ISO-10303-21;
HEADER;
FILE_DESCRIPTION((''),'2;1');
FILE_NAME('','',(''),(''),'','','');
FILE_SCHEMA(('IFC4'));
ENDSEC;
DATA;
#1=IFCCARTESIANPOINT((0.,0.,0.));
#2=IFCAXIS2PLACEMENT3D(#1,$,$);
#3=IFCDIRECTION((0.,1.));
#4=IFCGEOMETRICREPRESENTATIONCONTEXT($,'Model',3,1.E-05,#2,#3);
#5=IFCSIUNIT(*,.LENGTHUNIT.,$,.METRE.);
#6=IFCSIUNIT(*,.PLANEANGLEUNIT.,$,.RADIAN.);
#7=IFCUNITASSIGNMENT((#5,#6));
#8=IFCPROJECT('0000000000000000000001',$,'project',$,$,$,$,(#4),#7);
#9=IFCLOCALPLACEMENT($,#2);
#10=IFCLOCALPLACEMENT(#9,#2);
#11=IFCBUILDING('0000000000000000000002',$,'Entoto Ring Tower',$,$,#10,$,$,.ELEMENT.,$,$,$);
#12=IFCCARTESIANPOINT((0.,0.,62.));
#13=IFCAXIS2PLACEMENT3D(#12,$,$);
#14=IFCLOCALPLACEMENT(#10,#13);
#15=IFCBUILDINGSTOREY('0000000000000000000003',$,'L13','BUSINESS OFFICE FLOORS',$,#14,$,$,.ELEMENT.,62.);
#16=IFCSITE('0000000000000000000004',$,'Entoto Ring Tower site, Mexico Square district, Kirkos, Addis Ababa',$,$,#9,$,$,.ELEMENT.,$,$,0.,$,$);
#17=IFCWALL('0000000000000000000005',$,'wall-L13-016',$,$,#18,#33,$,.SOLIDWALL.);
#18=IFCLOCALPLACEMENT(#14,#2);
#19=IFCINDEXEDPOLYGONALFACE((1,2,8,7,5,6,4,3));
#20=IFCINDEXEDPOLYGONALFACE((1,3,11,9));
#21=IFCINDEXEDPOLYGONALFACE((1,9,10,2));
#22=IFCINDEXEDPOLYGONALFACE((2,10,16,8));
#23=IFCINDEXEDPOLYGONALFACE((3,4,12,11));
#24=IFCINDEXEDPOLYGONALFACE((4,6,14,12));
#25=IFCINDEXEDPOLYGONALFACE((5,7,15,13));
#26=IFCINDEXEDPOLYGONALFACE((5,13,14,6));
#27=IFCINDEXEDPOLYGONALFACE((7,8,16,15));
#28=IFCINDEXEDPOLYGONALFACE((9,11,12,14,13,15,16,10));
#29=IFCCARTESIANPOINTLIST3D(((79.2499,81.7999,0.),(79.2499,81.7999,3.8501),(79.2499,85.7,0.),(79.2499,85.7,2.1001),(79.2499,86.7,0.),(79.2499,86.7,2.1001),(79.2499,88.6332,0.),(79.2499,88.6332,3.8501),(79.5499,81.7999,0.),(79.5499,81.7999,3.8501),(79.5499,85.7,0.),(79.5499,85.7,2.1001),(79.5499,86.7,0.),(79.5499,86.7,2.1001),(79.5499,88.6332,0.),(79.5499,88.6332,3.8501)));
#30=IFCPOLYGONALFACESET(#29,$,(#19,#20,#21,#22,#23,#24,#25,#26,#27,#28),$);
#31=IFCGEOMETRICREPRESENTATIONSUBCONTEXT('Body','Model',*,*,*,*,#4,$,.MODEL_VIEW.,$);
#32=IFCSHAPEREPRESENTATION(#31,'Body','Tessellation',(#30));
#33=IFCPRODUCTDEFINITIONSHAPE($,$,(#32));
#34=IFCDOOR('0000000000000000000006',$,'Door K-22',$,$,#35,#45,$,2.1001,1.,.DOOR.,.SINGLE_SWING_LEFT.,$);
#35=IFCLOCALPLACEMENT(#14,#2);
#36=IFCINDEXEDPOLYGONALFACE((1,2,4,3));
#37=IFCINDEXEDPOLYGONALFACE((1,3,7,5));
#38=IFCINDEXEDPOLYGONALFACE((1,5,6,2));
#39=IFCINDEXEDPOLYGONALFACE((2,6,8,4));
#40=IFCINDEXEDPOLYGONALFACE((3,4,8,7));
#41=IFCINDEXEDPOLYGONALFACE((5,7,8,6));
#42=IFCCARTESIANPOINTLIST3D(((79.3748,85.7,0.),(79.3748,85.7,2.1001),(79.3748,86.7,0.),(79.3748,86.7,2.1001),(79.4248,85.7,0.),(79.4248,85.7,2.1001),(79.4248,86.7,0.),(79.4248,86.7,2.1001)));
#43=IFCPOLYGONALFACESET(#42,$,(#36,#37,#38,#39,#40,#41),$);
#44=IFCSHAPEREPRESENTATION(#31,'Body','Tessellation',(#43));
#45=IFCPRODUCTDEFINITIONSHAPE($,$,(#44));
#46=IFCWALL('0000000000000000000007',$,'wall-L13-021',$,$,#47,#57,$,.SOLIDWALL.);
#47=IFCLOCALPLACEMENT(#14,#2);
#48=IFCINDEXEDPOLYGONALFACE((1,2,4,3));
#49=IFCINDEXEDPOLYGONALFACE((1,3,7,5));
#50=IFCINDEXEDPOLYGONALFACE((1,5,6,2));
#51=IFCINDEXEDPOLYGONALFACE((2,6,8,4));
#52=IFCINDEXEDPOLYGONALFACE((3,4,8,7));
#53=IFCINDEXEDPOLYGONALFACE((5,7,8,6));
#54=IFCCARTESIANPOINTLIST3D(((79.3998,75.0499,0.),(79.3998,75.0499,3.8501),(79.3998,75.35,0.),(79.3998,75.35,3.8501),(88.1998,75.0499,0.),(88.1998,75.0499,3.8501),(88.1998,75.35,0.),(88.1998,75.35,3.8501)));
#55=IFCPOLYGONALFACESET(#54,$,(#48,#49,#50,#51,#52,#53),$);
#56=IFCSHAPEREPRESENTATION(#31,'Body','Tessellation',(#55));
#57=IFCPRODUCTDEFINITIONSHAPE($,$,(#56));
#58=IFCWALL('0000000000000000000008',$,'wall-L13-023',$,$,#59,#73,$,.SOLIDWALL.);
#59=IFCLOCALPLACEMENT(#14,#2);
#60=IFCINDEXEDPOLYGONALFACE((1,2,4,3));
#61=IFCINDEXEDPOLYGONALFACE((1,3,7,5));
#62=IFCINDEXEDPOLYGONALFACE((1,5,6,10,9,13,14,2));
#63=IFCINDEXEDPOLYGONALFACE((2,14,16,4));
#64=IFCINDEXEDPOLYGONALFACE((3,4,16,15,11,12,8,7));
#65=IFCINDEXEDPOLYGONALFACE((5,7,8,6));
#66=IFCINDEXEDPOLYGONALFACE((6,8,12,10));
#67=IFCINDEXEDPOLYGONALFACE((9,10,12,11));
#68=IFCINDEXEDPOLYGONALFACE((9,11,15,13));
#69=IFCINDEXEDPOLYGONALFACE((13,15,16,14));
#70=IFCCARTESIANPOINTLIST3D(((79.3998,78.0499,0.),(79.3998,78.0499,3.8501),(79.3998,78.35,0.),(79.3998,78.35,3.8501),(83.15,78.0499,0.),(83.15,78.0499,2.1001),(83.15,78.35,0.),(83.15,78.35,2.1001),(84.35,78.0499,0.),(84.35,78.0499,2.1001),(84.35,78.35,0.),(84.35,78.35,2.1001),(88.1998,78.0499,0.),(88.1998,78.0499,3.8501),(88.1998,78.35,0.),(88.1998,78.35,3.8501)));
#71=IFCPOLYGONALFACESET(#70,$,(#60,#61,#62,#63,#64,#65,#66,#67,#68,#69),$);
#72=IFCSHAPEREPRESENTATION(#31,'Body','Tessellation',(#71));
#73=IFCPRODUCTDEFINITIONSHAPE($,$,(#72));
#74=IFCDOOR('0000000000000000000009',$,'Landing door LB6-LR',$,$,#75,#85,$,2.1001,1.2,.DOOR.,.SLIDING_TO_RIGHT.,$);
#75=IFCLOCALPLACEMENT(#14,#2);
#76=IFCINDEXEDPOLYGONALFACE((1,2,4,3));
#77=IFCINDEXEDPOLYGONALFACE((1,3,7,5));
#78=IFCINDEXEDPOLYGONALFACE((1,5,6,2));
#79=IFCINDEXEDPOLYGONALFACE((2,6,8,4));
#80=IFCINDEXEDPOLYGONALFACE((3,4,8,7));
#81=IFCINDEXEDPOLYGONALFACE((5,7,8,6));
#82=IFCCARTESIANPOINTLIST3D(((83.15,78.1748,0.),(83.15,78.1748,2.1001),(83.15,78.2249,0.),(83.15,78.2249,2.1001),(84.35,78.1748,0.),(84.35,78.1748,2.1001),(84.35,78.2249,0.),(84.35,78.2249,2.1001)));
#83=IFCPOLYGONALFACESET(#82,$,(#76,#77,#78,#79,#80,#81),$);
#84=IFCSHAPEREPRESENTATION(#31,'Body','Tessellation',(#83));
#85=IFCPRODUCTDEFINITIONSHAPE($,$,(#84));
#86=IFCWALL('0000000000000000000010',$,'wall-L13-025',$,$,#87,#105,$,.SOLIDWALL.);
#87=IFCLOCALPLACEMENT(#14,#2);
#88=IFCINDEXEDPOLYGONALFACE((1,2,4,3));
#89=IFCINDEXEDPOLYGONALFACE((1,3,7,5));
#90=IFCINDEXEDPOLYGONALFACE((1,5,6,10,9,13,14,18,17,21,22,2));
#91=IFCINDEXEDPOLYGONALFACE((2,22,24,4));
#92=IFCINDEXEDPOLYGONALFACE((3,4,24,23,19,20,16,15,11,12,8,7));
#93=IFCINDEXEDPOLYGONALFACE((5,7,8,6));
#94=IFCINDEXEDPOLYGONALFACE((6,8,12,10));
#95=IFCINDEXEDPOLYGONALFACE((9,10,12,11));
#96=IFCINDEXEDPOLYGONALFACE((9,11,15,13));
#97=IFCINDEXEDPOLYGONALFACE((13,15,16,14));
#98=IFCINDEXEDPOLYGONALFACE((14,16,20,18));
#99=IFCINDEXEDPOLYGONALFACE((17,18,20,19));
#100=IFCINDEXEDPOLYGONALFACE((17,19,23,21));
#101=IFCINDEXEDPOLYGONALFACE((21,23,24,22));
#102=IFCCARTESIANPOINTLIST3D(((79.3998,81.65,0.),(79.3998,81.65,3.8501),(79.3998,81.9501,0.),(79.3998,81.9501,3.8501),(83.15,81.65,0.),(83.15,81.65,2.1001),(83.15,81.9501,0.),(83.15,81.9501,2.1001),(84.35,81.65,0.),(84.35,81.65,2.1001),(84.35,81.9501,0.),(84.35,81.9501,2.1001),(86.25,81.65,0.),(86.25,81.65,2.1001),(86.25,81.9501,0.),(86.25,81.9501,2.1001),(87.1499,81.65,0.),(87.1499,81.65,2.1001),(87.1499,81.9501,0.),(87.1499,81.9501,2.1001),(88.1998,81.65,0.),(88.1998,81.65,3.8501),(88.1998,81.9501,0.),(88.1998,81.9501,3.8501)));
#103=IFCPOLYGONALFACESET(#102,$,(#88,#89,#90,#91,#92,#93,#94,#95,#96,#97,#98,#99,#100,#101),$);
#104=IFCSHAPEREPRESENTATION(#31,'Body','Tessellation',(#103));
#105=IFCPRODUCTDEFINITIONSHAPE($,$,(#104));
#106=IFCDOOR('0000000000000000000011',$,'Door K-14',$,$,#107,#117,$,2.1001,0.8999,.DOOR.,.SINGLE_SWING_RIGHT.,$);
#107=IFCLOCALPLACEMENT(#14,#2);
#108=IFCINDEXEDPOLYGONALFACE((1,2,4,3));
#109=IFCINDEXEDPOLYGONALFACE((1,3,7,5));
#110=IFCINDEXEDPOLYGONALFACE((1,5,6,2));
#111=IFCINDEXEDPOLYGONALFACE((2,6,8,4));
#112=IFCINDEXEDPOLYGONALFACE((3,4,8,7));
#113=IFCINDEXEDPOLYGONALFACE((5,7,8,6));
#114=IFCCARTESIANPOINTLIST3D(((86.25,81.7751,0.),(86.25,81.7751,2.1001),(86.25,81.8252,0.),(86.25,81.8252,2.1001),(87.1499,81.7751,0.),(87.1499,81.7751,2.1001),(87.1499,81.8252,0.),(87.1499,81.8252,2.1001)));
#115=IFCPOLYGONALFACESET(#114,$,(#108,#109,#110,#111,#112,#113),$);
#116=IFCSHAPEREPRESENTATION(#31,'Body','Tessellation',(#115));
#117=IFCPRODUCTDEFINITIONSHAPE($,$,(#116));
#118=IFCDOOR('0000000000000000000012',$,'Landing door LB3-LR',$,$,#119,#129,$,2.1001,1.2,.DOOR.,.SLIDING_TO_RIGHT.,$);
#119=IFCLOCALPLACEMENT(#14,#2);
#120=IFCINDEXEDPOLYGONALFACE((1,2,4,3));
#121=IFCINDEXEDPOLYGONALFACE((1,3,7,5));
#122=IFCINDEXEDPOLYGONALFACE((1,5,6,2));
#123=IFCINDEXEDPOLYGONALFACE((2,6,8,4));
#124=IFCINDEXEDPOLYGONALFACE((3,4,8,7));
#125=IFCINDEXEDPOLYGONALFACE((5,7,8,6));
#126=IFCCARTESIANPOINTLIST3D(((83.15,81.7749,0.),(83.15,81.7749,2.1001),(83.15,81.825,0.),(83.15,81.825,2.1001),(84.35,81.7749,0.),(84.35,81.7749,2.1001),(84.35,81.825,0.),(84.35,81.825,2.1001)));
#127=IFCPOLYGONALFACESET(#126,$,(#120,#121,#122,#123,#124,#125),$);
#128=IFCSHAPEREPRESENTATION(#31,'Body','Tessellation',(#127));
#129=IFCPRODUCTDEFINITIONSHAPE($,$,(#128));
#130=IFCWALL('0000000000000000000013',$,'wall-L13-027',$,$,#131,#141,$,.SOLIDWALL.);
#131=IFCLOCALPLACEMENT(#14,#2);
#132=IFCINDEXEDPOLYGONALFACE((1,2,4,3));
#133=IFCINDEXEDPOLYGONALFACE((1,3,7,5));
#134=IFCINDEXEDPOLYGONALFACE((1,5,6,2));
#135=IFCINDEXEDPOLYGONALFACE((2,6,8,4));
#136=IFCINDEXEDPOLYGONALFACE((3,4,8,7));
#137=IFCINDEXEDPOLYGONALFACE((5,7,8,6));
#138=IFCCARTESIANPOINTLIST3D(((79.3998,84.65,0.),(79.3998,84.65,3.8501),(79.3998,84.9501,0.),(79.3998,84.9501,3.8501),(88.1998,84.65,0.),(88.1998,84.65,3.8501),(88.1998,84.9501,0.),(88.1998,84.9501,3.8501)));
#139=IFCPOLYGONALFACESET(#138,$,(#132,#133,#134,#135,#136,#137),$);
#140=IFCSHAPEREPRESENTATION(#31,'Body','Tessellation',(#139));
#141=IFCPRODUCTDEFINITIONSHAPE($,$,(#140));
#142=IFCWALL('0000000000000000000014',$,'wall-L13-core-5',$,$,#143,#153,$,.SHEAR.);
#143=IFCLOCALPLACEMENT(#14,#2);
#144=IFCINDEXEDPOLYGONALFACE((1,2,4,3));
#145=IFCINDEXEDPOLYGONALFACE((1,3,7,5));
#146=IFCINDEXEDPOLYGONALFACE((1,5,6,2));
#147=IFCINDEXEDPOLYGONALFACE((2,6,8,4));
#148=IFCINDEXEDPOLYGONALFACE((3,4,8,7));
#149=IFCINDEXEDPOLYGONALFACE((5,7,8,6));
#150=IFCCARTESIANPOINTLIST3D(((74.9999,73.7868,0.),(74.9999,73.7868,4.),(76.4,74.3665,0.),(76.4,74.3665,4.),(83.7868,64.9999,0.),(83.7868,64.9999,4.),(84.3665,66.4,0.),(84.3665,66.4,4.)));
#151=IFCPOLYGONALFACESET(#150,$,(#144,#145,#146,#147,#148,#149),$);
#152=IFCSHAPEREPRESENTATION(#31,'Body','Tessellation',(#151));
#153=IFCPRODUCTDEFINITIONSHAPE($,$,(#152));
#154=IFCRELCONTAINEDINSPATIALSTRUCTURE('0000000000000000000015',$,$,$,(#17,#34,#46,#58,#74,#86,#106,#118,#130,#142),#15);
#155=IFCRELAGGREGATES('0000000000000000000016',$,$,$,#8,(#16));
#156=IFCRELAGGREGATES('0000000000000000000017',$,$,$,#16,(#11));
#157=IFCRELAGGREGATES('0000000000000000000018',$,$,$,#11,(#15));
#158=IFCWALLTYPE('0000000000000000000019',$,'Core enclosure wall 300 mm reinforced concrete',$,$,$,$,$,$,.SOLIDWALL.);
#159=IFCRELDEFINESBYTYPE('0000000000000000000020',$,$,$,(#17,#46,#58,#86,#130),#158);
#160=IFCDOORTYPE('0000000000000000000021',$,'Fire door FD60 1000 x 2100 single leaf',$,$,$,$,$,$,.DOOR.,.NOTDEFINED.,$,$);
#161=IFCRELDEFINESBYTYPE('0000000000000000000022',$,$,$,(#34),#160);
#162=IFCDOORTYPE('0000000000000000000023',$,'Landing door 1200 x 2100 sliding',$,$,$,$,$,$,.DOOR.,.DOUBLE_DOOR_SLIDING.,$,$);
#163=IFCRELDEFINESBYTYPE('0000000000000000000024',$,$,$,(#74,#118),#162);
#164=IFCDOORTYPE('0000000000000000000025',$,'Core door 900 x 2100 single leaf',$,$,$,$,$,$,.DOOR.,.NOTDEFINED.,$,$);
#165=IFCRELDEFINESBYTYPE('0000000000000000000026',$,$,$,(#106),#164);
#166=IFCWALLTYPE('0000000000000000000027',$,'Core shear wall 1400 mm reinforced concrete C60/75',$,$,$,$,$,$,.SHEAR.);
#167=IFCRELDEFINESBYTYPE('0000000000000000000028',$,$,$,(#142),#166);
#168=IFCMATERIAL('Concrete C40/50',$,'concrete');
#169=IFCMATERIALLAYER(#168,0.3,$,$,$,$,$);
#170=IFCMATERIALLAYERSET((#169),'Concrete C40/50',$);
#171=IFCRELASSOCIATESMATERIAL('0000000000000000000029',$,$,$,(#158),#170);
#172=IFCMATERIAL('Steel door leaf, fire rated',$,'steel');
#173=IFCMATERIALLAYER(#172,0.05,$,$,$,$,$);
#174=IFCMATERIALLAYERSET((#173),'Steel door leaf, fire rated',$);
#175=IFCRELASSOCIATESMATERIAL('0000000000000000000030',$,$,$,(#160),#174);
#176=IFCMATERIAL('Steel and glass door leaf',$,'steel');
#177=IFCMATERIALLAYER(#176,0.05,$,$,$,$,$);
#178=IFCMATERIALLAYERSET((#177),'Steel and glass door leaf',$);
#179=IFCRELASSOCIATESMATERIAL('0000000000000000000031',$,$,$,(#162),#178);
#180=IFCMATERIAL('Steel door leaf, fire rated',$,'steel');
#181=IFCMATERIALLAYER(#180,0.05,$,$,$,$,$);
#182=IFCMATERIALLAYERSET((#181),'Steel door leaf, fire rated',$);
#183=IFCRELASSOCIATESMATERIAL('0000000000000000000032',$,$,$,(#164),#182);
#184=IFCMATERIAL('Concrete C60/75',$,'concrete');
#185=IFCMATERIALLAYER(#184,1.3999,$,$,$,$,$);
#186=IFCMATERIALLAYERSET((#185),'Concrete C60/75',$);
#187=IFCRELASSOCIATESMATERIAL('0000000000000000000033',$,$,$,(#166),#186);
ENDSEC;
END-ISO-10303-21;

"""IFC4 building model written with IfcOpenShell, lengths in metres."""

from ifc_helpers import new_model, si_unit, direction, frame, frame_2d, origin, place, context, subcontext, project, spatial, polyline, rectangle, outline, extrude, material, layer, layer_set, type_object, element, fill, save


model = new_model("IFC4")

# Units and contexts
model_context = context("Model", 3, precision=1e-05, world=origin(), true_north=direction((0.0, 1.0)))
body_context = subcontext(model_context, "Body", "Model", "MODEL_VIEW")
ifc_project = project(units=[si_unit("LENGTHUNIT", "METRE"), si_unit("PLANEANGLEUNIT", "RADIAN")], contexts=[model_context])

# Site, building, storey
site_placement = place(None, origin())
site = spatial("IfcSite", under=ifc_project, at=site_placement, Name="Entoto Ring Tower site, Mexico Square district, Kirkos, Addis Ababa", CompositionType="ELEMENT", RefElevation=0.0)
building_placement = place(site_placement, origin())
building = spatial("IfcBuilding", under=site, at=building_placement, Name="Entoto Ring Tower", CompositionType="ELEMENT")
storey_placement = place(building_placement, frame((0.0, 0.0, 62.0)))
storey = spatial("IfcBuildingStorey", under=building, at=storey_placement, Name="L13", Description="BUSINESS OFFICE FLOORS", CompositionType="ELEMENT", Elevation=62.0)

# Shared definitions
ifc_material_1 = material(Name="Concrete C40/50", Category="concrete")
ifc_layer_1 = layer(ifc_material_1, 0.3)
ifc_layer_set_1 = layer_set([ifc_layer_1], Name="Concrete C40/50")
wall_type_1 = type_object("IfcWallType", Name="Core enclosure wall 300 mm reinforced concrete", PredefinedType="SOLIDWALL", material=ifc_layer_set_1)

# Wall, opening, door
wall_1_placement = place(storey_placement, frame((79.3999, 81.8, 0.0), z_axis=(0.0, 0.0, 1.0), x_axis=(0.0, 1.0, 0.0)))
wall_1 = element("IfcWall", 1, at=wall_1_placement, inside=storey, type_object=wall_type_1, Name="wall-L13-016", PredefinedType="SOLIDWALL", context=body_context, shape_type="SweptSolid", body=[
    extrude(rectangle(XDim=6.8333, YDim=0.3, at=frame_2d((3.4165, 0.0))), origin(), (0.0, 0.0, 1.0), 3.8501),
])
opening_1_placement = place(wall_1_placement, frame((3.8999, 0.0, 0.0)))
opening_1 = element("IfcOpeningElement", 2, at=opening_1_placement, cuts=wall_1, PredefinedType="OPENING", context=body_context, shape_type="SweptSolid", body=[
    extrude(rectangle(XDim=1.0, YDim=2.1001, at=frame_2d((0.5, 1.05))), frame((0.0, 0.1602, 0.0), z_axis=(0.0, -1.0, 0.0), x_axis=(1.0, 0.0, 0.0)), (0.0, 0.0, 1.0), 0.3201),
])
ifc_material_2 = material(Name="Steel door leaf, fire rated", Category="steel")
ifc_layer_2 = layer(ifc_material_2, 0.05)
ifc_layer_set_2 = layer_set([ifc_layer_2], Name="Steel door leaf, fire rated")
door_type_1 = type_object("IfcDoorType", Name="Fire door FD60 1000 x 2100 single leaf", OperationType="NOTDEFINED", PredefinedType="DOOR", material=ifc_layer_set_2)
door_1_placement = place(opening_1_placement, frame((1.0, 0.0, 0.0), z_axis=(0.0, 0.0, 1.0), x_axis=(-1.0, 0.0, 0.0)))
door_1 = element("IfcDoor", 3, at=door_1_placement, inside=storey, type_object=door_type_1, Name="Door K-22", OperationType="SINGLE_SWING_LEFT", OverallHeight=2.1001, OverallWidth=1.0, PredefinedType="DOOR", context=body_context, shape_type="SweptSolid", body=[
    extrude(rectangle(XDim=1.0, YDim=2.1001, at=frame_2d((0.5, 1.05))), frame((0.0, 0.0249, 0.0), z_axis=(0.0, -1.0, 0.0), x_axis=(1.0, 0.0, 0.0)), (0.0, 0.0, 1.0), 0.05),
])
fill(opening_1, door_1)

# Wall
wall_2_placement = place(storey_placement, frame((79.3999, 75.2, 0.0), z_axis=(0.0, 0.0, 1.0), x_axis=(1.0, 0.0, 0.0)))
element("IfcWall", 4, at=wall_2_placement, inside=storey, type_object=wall_type_1, Name="wall-L13-021", PredefinedType="SOLIDWALL", context=body_context, shape_type="SweptSolid", body=[
    extrude(rectangle(XDim=8.8, YDim=0.3, at=frame_2d((4.3999, 0.0))), origin(), (0.0, 0.0, 1.0), 3.8501),
])

# Wall, opening, door
wall_3_placement = place(storey_placement, frame((79.3999, 78.2, 0.0), z_axis=(0.0, 0.0, 1.0), x_axis=(1.0, 0.0, 0.0)))
wall_3 = element("IfcWall", 5, at=wall_3_placement, inside=storey, type_object=wall_type_1, Name="wall-L13-023", PredefinedType="SOLIDWALL", context=body_context, shape_type="SweptSolid", body=[
    extrude(rectangle(XDim=8.8, YDim=0.3, at=frame_2d((4.3999, 0.0))), origin(), (0.0, 0.0, 1.0), 3.8501),
])
opening_2_placement = place(wall_3_placement, frame((3.75, 0.0, 0.0)))
opening_2 = element("IfcOpeningElement", 6, at=opening_2_placement, cuts=wall_3, PredefinedType="OPENING", context=body_context, shape_type="SweptSolid", body=[
    extrude(rectangle(XDim=1.2, YDim=2.1001, at=frame_2d((0.6001, 1.05))), frame((0.0, 0.1602, 0.0), z_axis=(0.0, -1.0, 0.0), x_axis=(1.0, 0.0, 0.0)), (0.0, 0.0, 1.0), 0.3201),
])
ifc_material_3 = material(Name="Steel and glass door leaf", Category="steel")
ifc_layer_3 = layer(ifc_material_3, 0.05)
ifc_layer_set_3 = layer_set([ifc_layer_3], Name="Steel and glass door leaf")
door_type_2 = type_object("IfcDoorType", Name="Landing door 1200 x 2100 sliding", OperationType="DOUBLE_DOOR_SLIDING", PredefinedType="DOOR", material=ifc_layer_set_3)
door_2_placement = place(opening_2_placement, origin())
door_2 = element("IfcDoor", 7, at=door_2_placement, inside=storey, type_object=door_type_2, Name="Landing door LB6-LR", OperationType="SLIDING_TO_RIGHT", OverallHeight=2.1001, OverallWidth=1.2, PredefinedType="DOOR", context=body_context, shape_type="SweptSolid", body=[
    extrude(rectangle(XDim=1.2, YDim=2.1001, at=frame_2d((0.6001, 1.05))), frame((0.0, 0.0249, 0.0), z_axis=(0.0, -1.0, 0.0), x_axis=(1.0, 0.0, 0.0)), (0.0, 0.0, 1.0), 0.05),
])
fill(opening_2, door_2)

# Wall, openings, doors
wall_4_placement = place(storey_placement, frame((79.3999, 81.8, 0.0), z_axis=(0.0, 0.0, 1.0), x_axis=(1.0, 0.0, 0.0)))
wall_4 = element("IfcWall", 8, at=wall_4_placement, inside=storey, type_object=wall_type_1, Name="wall-L13-025", PredefinedType="SOLIDWALL", context=body_context, shape_type="SweptSolid", body=[
    extrude(rectangle(XDim=8.8, YDim=0.3, at=frame_2d((4.3999, 0.0))), origin(), (0.0, 0.0, 1.0), 3.8501),
])
opening_3_placement = place(wall_4_placement, frame((3.75, 0.0, 0.0)))
opening_3 = element("IfcOpeningElement", 9, at=opening_3_placement, cuts=wall_4, PredefinedType="OPENING", context=body_context, shape_type="SweptSolid", body=[
    extrude(rectangle(XDim=1.2, YDim=2.1001, at=frame_2d((0.6001, 1.05))), frame((0.0, 0.1602, 0.0), z_axis=(0.0, -1.0, 0.0), x_axis=(1.0, 0.0, 0.0)), (0.0, 0.0, 1.0), 0.3201),
])
opening_4_placement = place(wall_4_placement, frame((6.8501, 0.0, 0.0)))
opening_4 = element("IfcOpeningElement", 10, at=opening_4_placement, cuts=wall_4, PredefinedType="OPENING", context=body_context, shape_type="SweptSolid", body=[
    extrude(rectangle(XDim=0.8999, YDim=2.1001, at=frame_2d((0.45, 1.05))), frame((0.0, 0.1602, 0.0), z_axis=(0.0, -1.0, 0.0), x_axis=(1.0, 0.0, 0.0)), (0.0, 0.0, 1.0), 0.3201),
])
ifc_material_4 = material(Name="Steel door leaf, fire rated", Category="steel")
ifc_layer_4 = layer(ifc_material_4, 0.05)
ifc_layer_set_4 = layer_set([ifc_layer_4], Name="Steel door leaf, fire rated")
door_type_3 = type_object("IfcDoorType", Name="Core door 900 x 2100 single leaf", OperationType="NOTDEFINED", PredefinedType="DOOR", material=ifc_layer_set_4)
door_3_placement = place(opening_4_placement, frame((0.8999, 0.0, 0.0), z_axis=(0.0, 0.0, 1.0), x_axis=(-1.0, 0.0, 0.0)))
door_3 = element("IfcDoor", 11, at=door_3_placement, inside=storey, type_object=door_type_3, Name="Door K-14", OperationType="SINGLE_SWING_RIGHT", OverallHeight=2.1001, OverallWidth=0.8999, PredefinedType="DOOR", context=body_context, shape_type="SweptSolid", body=[
    extrude(rectangle(XDim=0.8999, YDim=2.1001, at=frame_2d((0.45, 1.05))), frame((0.0, 0.0249, 0.0), z_axis=(0.0, -1.0, 0.0), x_axis=(1.0, 0.0, 0.0)), (0.0, 0.0, 1.0), 0.05),
])
fill(opening_4, door_3)
door_4_placement = place(opening_3_placement, origin())
door_4 = element("IfcDoor", 12, at=door_4_placement, inside=storey, type_object=door_type_2, Name="Landing door LB3-LR", OperationType="SLIDING_TO_RIGHT", OverallHeight=2.1001, OverallWidth=1.2, PredefinedType="DOOR", context=body_context, shape_type="SweptSolid", body=[
    extrude(rectangle(XDim=1.2, YDim=2.1001, at=frame_2d((0.6001, 1.05))), frame((0.0, 0.0249, 0.0), z_axis=(0.0, -1.0, 0.0), x_axis=(1.0, 0.0, 0.0)), (0.0, 0.0, 1.0), 0.05),
])
fill(opening_3, door_4)

# Walls
wall_5_placement = place(storey_placement, frame((79.3999, 84.8, 0.0), z_axis=(0.0, 0.0, 1.0), x_axis=(1.0, 0.0, 0.0)))
element("IfcWall", 13, at=wall_5_placement, inside=storey, type_object=wall_type_1, Name="wall-L13-027", PredefinedType="SOLIDWALL", context=body_context, shape_type="SweptSolid", body=[
    extrude(rectangle(XDim=8.8, YDim=0.3, at=frame_2d((4.3999, 0.0))), origin(), (0.0, 0.0, 1.0), 3.8501),
])
ifc_material_5 = material(Name="Concrete C60/75", Category="concrete")
ifc_layer_5 = layer(ifc_material_5, 1.3999)
ifc_layer_set_5 = layer_set([ifc_layer_5], Name="Concrete C60/75")
wall_type_2 = type_object("IfcWallType", Name="Core shear wall 1400 mm reinforced concrete C60/75", PredefinedType="SHEAR", material=ifc_layer_set_5)
wall_6_placement = place(storey_placement, frame((75.7, 74.0767, 0.0), z_axis=(0.0, 0.0, 1.0), x_axis=(0.707107, -0.707107, 0.0)))
element("IfcWall", 14, at=wall_6_placement, inside=storey, type_object=wall_type_2, Name="wall-L13-core-5", PredefinedType="SHEAR", context=body_context, shape_type="SweptSolid", body=[
    extrude(outline(polyline([(-0.29, -0.7), (12.1365, -0.7), (11.5564, 0.7), (0.29, 0.7), (-0.29, -0.7)])), origin(), (0.0, 0.0, 1.0), 4.0),
])

save(model, "model.ifc")
